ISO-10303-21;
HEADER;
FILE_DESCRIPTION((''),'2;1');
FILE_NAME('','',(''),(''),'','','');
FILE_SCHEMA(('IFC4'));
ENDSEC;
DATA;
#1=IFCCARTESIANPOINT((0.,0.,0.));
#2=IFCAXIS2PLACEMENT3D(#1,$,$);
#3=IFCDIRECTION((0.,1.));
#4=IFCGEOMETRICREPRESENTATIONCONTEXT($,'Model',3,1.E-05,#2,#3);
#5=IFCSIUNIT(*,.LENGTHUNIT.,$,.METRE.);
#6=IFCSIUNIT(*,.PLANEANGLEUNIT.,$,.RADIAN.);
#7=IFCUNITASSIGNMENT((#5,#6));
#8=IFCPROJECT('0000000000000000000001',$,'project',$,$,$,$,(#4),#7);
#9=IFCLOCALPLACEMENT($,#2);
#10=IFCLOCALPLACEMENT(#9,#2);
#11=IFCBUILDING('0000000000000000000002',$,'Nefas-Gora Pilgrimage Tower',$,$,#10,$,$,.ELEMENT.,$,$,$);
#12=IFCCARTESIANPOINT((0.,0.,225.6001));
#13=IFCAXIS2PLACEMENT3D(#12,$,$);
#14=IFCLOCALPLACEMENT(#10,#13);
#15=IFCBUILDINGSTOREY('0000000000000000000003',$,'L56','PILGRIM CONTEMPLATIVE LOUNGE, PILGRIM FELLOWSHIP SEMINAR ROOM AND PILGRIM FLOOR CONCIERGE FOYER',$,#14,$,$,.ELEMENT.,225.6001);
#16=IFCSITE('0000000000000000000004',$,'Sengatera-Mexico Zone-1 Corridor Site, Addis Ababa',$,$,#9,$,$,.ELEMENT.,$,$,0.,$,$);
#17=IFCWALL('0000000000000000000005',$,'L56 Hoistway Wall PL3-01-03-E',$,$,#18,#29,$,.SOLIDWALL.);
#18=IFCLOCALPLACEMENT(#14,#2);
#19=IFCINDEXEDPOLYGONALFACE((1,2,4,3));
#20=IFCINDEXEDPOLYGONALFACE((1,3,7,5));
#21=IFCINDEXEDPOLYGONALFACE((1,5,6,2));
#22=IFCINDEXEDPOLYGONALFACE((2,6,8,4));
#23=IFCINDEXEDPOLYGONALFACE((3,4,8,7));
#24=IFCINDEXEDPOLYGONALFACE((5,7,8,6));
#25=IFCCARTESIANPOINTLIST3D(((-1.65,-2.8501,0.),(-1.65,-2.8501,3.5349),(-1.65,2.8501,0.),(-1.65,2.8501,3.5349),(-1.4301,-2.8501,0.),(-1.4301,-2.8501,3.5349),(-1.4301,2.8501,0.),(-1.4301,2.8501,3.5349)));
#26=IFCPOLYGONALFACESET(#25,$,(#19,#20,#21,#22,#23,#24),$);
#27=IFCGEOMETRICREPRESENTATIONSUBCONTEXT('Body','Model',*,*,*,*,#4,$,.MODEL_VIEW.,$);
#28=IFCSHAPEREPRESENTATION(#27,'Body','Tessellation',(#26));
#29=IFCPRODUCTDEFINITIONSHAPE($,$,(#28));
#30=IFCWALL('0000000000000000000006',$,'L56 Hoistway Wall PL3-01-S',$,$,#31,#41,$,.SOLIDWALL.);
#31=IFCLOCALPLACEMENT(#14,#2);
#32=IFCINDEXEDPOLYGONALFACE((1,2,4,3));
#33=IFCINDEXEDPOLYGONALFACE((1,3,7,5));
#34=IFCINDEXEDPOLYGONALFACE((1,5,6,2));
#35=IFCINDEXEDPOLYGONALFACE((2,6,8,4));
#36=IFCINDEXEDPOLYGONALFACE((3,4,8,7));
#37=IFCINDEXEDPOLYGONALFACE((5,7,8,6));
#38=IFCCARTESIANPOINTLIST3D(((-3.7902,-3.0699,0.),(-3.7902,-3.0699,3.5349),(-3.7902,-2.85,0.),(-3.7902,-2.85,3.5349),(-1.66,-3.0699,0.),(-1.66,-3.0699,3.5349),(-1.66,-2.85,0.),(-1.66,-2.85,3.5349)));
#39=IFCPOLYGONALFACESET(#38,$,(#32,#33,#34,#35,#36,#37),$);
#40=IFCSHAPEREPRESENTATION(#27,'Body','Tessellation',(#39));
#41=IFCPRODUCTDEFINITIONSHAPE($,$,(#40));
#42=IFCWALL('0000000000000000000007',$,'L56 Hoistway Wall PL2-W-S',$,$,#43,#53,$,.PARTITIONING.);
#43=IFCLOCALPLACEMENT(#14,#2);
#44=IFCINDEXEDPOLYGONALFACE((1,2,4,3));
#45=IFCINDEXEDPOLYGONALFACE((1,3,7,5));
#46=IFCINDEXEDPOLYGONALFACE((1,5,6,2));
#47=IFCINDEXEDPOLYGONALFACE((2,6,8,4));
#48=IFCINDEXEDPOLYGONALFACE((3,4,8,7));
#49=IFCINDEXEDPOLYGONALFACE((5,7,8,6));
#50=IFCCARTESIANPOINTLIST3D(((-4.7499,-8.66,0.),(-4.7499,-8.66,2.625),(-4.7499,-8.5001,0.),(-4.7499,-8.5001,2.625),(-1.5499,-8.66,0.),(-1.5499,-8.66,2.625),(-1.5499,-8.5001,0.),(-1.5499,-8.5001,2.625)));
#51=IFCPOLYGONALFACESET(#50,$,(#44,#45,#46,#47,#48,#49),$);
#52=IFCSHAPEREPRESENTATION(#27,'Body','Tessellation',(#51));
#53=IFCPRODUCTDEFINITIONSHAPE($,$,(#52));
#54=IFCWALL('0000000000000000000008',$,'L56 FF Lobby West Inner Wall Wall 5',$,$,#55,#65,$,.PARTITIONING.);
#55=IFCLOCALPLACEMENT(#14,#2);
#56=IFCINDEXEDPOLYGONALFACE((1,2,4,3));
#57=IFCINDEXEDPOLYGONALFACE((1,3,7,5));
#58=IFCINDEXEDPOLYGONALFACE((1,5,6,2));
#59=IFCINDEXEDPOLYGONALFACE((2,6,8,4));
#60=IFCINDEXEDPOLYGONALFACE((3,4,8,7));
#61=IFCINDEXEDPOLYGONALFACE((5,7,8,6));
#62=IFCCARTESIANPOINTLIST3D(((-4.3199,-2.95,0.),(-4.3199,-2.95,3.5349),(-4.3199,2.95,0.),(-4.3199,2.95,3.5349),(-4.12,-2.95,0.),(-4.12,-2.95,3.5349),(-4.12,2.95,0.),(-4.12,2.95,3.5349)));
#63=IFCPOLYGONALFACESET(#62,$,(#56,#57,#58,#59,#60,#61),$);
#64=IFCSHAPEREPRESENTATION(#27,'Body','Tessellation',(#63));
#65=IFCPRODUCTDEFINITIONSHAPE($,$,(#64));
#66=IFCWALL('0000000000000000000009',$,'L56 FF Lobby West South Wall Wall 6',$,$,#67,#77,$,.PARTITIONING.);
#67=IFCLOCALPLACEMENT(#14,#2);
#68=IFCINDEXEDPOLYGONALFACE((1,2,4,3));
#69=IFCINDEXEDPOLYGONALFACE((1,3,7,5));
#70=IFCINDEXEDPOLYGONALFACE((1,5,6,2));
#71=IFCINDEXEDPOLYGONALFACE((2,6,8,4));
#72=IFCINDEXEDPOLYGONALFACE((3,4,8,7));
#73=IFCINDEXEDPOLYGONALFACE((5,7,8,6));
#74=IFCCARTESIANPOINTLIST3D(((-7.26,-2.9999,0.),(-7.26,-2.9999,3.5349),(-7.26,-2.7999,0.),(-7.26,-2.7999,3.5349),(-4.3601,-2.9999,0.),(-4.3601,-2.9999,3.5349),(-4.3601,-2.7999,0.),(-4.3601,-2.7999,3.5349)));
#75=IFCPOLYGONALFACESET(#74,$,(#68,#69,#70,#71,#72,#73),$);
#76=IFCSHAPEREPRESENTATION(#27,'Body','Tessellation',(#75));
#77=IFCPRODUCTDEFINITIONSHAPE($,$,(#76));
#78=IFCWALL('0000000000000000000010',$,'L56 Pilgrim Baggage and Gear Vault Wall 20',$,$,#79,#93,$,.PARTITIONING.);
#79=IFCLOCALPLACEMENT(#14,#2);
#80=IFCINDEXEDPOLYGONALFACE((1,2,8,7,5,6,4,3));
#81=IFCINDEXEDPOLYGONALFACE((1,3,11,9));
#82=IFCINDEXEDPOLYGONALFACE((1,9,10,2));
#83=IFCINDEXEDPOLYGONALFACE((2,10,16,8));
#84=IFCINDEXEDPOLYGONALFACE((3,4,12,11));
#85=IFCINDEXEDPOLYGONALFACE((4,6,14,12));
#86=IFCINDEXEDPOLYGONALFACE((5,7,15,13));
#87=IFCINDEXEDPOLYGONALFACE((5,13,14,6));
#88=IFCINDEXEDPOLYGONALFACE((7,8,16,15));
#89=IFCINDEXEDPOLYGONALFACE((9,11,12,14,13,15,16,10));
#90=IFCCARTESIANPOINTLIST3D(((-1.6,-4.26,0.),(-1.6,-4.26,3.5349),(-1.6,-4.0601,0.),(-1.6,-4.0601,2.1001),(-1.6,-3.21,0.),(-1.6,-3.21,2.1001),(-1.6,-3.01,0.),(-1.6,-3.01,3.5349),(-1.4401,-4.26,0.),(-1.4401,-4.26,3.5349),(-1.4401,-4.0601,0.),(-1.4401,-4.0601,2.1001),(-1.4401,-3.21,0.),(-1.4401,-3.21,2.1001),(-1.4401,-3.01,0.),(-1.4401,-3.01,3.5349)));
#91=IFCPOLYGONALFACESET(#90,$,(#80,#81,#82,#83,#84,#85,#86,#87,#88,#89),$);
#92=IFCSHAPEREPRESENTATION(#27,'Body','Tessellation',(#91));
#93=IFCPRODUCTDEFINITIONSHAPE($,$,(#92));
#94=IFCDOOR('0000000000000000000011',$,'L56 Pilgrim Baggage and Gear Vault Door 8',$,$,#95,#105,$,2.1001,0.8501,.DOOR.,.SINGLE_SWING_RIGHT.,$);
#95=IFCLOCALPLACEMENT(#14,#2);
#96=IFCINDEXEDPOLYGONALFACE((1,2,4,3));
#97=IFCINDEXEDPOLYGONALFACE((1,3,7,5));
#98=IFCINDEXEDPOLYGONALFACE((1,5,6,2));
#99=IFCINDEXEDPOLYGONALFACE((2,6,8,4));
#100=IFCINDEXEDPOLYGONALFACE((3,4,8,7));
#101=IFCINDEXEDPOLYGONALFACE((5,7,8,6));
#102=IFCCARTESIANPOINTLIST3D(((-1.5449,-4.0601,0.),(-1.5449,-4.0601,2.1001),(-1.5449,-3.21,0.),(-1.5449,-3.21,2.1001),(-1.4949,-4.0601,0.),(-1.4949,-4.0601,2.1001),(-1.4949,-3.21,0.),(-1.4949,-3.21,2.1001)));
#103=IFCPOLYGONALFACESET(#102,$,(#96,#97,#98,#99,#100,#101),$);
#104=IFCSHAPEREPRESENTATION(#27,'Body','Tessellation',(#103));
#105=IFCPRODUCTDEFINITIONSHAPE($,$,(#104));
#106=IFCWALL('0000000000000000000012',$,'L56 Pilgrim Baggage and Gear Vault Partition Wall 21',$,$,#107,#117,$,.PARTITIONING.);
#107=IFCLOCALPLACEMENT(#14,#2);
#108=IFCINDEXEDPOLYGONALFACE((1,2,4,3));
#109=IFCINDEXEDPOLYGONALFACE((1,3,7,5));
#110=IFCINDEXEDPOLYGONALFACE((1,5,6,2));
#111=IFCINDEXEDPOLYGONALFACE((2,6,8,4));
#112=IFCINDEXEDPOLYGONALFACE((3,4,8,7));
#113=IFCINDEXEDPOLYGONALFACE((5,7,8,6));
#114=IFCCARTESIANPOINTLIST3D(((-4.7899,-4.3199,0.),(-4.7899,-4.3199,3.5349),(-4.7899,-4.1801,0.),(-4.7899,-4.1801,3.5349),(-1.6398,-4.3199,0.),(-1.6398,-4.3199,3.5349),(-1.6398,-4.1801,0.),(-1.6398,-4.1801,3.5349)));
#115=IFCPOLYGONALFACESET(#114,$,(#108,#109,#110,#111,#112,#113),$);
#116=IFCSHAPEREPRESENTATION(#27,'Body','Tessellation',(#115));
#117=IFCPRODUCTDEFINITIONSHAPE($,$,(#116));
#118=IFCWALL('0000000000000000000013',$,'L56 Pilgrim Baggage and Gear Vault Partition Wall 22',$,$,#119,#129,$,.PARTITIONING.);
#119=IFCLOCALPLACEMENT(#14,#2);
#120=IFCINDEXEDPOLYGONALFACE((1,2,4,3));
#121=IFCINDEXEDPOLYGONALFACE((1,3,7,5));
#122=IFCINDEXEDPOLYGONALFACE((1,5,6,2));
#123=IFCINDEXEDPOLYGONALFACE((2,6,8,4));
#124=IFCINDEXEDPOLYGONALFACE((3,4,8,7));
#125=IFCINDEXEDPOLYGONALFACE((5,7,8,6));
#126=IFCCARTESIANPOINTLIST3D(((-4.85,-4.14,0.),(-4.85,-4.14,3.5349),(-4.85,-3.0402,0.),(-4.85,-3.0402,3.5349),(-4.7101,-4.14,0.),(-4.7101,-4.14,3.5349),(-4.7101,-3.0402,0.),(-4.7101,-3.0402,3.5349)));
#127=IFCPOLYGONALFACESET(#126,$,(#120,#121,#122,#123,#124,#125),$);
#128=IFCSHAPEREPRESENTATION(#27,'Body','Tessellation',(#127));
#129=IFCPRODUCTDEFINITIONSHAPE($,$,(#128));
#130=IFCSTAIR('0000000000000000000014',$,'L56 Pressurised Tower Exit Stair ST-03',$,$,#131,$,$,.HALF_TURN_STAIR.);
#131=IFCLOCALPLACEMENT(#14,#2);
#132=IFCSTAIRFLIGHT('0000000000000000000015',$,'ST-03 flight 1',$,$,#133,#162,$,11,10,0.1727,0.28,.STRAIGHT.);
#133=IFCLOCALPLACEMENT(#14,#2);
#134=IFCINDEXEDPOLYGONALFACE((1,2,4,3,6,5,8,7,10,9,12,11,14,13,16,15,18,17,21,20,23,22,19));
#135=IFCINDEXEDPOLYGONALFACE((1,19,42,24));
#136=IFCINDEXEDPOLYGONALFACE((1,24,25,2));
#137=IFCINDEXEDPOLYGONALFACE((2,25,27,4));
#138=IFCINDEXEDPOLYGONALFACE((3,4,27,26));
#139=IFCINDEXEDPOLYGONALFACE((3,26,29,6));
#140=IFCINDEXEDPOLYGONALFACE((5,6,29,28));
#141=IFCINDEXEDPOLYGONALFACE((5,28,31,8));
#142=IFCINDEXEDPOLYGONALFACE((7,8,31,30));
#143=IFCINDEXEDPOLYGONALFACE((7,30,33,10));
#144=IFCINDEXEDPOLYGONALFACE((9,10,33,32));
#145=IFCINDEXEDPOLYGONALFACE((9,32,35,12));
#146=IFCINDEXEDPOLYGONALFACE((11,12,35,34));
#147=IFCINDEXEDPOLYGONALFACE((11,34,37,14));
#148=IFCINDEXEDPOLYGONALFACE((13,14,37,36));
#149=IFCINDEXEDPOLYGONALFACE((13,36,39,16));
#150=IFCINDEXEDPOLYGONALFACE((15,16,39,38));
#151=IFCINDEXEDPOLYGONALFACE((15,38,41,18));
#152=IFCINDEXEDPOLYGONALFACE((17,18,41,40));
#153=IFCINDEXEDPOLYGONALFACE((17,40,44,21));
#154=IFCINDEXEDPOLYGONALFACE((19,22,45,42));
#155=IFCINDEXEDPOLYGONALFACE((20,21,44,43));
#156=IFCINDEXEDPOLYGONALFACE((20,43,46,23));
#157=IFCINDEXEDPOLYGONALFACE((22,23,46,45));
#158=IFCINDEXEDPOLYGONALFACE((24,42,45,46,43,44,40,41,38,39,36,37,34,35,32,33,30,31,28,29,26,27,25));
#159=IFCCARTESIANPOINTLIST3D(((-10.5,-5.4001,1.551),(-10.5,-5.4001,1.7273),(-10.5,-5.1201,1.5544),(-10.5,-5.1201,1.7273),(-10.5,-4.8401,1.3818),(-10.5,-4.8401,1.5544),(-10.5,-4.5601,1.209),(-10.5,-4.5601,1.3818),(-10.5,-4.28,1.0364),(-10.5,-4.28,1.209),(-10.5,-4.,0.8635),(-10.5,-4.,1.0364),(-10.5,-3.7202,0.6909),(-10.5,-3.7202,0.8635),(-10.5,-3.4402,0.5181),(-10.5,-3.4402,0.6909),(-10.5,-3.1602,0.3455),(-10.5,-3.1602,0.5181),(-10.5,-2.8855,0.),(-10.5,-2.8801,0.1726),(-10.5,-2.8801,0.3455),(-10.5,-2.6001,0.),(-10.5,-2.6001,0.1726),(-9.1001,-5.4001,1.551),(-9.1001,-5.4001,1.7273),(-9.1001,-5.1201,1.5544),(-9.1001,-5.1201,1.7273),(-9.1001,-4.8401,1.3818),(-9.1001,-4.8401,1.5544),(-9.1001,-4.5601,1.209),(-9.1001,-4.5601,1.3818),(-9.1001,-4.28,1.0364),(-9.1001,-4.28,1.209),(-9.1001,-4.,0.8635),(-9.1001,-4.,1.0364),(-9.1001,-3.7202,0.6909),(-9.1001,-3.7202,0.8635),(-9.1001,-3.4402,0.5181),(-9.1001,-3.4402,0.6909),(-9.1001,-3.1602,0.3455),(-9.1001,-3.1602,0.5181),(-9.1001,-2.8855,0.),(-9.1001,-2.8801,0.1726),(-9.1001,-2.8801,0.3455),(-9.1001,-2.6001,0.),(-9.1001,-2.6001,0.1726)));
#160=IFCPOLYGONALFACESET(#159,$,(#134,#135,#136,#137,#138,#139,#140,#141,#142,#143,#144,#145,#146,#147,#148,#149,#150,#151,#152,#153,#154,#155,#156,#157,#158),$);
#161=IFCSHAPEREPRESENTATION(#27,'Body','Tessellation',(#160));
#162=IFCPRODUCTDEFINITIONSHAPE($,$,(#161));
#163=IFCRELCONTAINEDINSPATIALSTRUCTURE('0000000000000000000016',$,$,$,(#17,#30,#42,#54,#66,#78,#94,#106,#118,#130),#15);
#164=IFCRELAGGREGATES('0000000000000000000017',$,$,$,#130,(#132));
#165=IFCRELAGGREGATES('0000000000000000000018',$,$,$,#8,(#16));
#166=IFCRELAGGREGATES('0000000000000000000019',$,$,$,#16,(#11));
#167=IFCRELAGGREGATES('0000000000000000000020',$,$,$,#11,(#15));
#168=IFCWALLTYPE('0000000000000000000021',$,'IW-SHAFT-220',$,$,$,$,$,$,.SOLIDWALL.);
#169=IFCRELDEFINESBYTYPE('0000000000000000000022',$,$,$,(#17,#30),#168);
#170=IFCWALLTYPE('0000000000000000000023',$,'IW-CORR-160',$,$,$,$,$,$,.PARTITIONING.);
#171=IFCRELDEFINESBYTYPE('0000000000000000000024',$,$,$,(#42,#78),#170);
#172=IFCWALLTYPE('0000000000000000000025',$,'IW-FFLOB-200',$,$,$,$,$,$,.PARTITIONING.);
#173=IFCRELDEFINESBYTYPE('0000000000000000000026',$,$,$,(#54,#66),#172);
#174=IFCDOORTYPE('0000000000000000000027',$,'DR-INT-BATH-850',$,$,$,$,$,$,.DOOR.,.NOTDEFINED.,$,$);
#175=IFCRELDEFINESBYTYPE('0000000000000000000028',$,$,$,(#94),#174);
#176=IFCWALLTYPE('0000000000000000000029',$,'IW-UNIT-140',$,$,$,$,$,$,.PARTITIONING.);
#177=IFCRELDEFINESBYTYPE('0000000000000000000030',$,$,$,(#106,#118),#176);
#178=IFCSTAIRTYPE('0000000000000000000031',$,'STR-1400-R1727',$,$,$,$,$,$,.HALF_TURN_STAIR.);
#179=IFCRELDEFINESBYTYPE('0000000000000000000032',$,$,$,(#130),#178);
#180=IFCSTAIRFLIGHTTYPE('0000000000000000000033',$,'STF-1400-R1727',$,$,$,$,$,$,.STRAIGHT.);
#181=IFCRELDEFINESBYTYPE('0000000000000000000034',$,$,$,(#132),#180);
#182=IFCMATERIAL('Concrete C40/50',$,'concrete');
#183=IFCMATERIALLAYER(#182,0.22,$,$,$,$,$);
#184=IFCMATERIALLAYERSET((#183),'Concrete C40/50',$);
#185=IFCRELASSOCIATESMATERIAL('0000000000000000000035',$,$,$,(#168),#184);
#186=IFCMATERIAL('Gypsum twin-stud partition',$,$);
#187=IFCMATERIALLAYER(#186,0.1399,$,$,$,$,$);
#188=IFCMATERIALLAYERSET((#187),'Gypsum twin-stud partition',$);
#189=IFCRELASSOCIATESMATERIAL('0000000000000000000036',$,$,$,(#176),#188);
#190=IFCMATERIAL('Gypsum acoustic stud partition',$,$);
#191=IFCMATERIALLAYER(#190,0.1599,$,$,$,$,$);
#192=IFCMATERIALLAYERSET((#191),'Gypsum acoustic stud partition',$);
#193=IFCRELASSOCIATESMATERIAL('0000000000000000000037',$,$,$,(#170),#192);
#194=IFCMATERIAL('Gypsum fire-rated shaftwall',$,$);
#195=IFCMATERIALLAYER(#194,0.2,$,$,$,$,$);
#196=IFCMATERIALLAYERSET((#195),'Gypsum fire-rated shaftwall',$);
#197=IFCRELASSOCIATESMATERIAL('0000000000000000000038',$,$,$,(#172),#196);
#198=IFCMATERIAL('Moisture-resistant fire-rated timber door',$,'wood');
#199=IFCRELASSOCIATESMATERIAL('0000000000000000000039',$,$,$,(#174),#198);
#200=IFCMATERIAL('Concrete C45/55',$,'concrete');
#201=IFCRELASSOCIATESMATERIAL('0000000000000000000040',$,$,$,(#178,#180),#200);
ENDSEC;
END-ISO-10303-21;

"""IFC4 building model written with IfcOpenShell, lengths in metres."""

from ifc_helpers import new_model, si_unit, direction, frame, frame_2d, origin, place, context, subcontext, project, spatial, polyline, rectangle, outline, extrude, source, transform, mapped, material, layer, layer_set, type_object, element, fill, aggregate, save


model = new_model("IFC4")

# Units and contexts
model_context = context("Model", 3, precision=1e-05, world=origin(), true_north=direction((0.0, 1.0)))
body_context = subcontext(model_context, "Body", "Model", "MODEL_VIEW")
ifc_project = project(units=[si_unit("LENGTHUNIT", "METRE"), si_unit("PLANEANGLEUNIT", "RADIAN")], contexts=[model_context])

# Site, building, storey
site_placement = place(None, origin())
site = spatial("IfcSite", under=ifc_project, at=site_placement, Name="Sengatera-Mexico Zone-1 Corridor Site, Addis Ababa", CompositionType="ELEMENT", RefElevation=0.0)
building_placement = place(site_placement, origin())
building = spatial("IfcBuilding", under=site, at=building_placement, Name="Nefas-Gora Pilgrimage Tower", CompositionType="ELEMENT")
storey_placement = place(building_placement, frame((0.0, 0.0, 225.6001)))
storey = spatial("IfcBuildingStorey", under=building, at=storey_placement, Name="L56", Description="PILGRIM CONTEMPLATIVE LOUNGE, PILGRIM FELLOWSHIP SEMINAR ROOM AND PILGRIM FLOOR CONCIERGE FOYER", CompositionType="ELEMENT", Elevation=225.6001)

# Shared definitions
ifc_material_1 = material(Name="Concrete C45/55", Category="concrete")

# Shared definitions
ifc_material_2 = material(Name="Concrete C40/50", Category="concrete")
ifc_layer_1 = layer(ifc_material_2, 0.22)
ifc_layer_set_1 = layer_set([ifc_layer_1], Name="Concrete C40/50")
wall_type_1 = type_object("IfcWallType", Name="IW-SHAFT-220", PredefinedType="SOLIDWALL", material=ifc_layer_set_1)

# Walls
ifc_material_3 = material(Name="Gypsum twin-stud partition")
ifc_layer_2 = layer(ifc_material_3, 0.1399)
ifc_layer_set_2 = layer_set([ifc_layer_2], Name="Gypsum twin-stud partition")
wall_type_2 = type_object("IfcWallType", Name="IW-UNIT-140", PredefinedType="PARTITIONING", material=ifc_layer_set_2)
shared_shape_1 = source(origin(), body_context, "Body", "SweptSolid", [
    extrude(rectangle(XDim=5.7002, YDim=0.22, at=frame_2d((2.8501, 0.0))), origin(), (0.0, 0.0, 1.0), 3.5349),
])
wall_1_placement = place(storey_placement, frame((-1.54, -2.8501, 0.0), z_axis=(0.0, 0.0, 1.0), x_axis=(0.0, 1.0, 0.0)))
element("IfcWall", 1, at=wall_1_placement, inside=storey, type_object=wall_type_1, Name="L56 Hoistway Wall PL3-01-03-E", PredefinedType="SOLIDWALL", context=body_context, shape_type="MappedRepresentation", body=[
    mapped(shared_shape_1, transform((0.0, 0.0, 0.0), x_axis=(1.0, 0.0, 0.0), y_axis=(0.0, 1.0, 0.0), z_axis=(0.0, 0.0, 1.0), scale=1.0)),
])
shared_shape_2 = source(origin(), body_context, "Body", "SweptSolid", [
    extrude(rectangle(XDim=2.1301, YDim=0.22, at=frame_2d((1.0649, 0.0))), origin(), (0.0, 0.0, 1.0), 3.5349),
])
wall_2_placement = place(storey_placement, frame((-3.79, -2.96, 0.0), z_axis=(0.0, 0.0, 1.0), x_axis=(1.0, 0.0, 0.0)))
element("IfcWall", 2, at=wall_2_placement, inside=storey, type_object=wall_type_1, Name="L56 Hoistway Wall PL3-01-S", PredefinedType="SOLIDWALL", context=body_context, shape_type="MappedRepresentation", body=[
    mapped(shared_shape_2, transform((0.0, 0.0, 0.0), x_axis=(1.0, 0.0, 0.0), y_axis=(0.0, 1.0, 0.0), z_axis=(0.0, 0.0, 1.0), scale=1.0)),
])
ifc_material_4 = material(Name="Gypsum acoustic stud partition")
ifc_layer_3 = layer(ifc_material_4, 0.1599)
ifc_layer_set_3 = layer_set([ifc_layer_3], Name="Gypsum acoustic stud partition")
wall_type_3 = type_object("IfcWallType", Name="IW-CORR-160", PredefinedType="PARTITIONING", material=ifc_layer_set_3)
shared_shape_3 = source(origin(), body_context, "Body", "SweptSolid", [
    extrude(rectangle(XDim=3.2, YDim=0.1599, at=frame_2d((1.6001, 0.0))), origin(), (0.0, 0.0, 1.0), 2.625),
])
wall_3_placement = place(storey_placement, frame((-4.75, -8.5801, 0.0), z_axis=(0.0, 0.0, 1.0), x_axis=(1.0, 0.0, 0.0)))
element("IfcWall", 3, at=wall_3_placement, inside=storey, type_object=wall_type_3, Name="L56 Hoistway Wall PL2-W-S", PredefinedType="PARTITIONING", context=body_context, shape_type="MappedRepresentation", body=[
    mapped(shared_shape_3, transform((0.0, 0.0, 0.0), x_axis=(1.0, 0.0, 0.0), y_axis=(0.0, 1.0, 0.0), z_axis=(0.0, 0.0, 1.0), scale=1.0)),
])
ifc_material_5 = material(Name="Gypsum fire-rated shaftwall")
ifc_layer_4 = layer(ifc_material_5, 0.2)
ifc_layer_set_4 = layer_set([ifc_layer_4], Name="Gypsum fire-rated shaftwall")
wall_type_4 = type_object("IfcWallType", Name="IW-FFLOB-200", PredefinedType="PARTITIONING", material=ifc_layer_set_4)
shared_shape_4 = source(origin(), body_context, "Body", "SweptSolid", [
    extrude(rectangle(XDim=5.8999, YDim=0.2, at=frame_2d((2.95, 0.0))), origin(), (0.0, 0.0, 1.0), 3.5349),
])
wall_4_placement = place(storey_placement, frame((-4.22, -2.95, 0.0), z_axis=(0.0, 0.0, 1.0), x_axis=(0.0, 1.0, 0.0)))
element("IfcWall", 4, at=wall_4_placement, inside=storey, type_object=wall_type_4, Name="L56 FF Lobby West Inner Wall Wall 5", PredefinedType="PARTITIONING", context=body_context, shape_type="MappedRepresentation", body=[
    mapped(shared_shape_4, transform((0.0, 0.0, 0.0), x_axis=(1.0, 0.0, 0.0), y_axis=(0.0, 1.0, 0.0), z_axis=(0.0, 0.0, 1.0), scale=1.0)),
])
shared_shape_5 = source(origin(), body_context, "Body", "SweptSolid", [
    extrude(rectangle(XDim=2.8999, YDim=0.2, at=frame_2d((1.45, 0.0))), origin(), (0.0, 0.0, 1.0), 3.5349),
])
wall_5_placement = place(storey_placement, frame((-7.26, -2.8999, 0.0), z_axis=(0.0, 0.0, 1.0), x_axis=(1.0, 0.0, 0.0)))
element("IfcWall", 5, at=wall_5_placement, inside=storey, type_object=wall_type_4, Name="L56 FF Lobby West South Wall Wall 6", PredefinedType="PARTITIONING", context=body_context, shape_type="MappedRepresentation", body=[
    mapped(shared_shape_5, transform((0.0, 0.0, 0.0), x_axis=(1.0, 0.0, 0.0), y_axis=(0.0, 1.0, 0.0), z_axis=(0.0, 0.0, 1.0), scale=1.0)),
])

# Wall, opening, door
shared_shape_6 = source(origin(), body_context, "Body", "SweptSolid", [
    extrude(rectangle(XDim=1.25, YDim=0.1599, at=frame_2d((0.625, 0.0))), origin(), (0.0, 0.0, 1.0), 3.5349),
])
wall_6_placement = place(storey_placement, frame((-1.52, -4.26, 0.0), z_axis=(0.0, 0.0, 1.0), x_axis=(0.0, 1.0, 0.0)))
wall_6 = element("IfcWall", 6, at=wall_6_placement, inside=storey, type_object=wall_type_3, Name="L56 Pilgrim Baggage and Gear Vault Wall 20", PredefinedType="PARTITIONING", context=body_context, shape_type="MappedRepresentation", body=[
    mapped(shared_shape_6, transform((0.0, 0.0, 0.0), x_axis=(1.0, 0.0, 0.0), y_axis=(0.0, 1.0, 0.0), z_axis=(0.0, 0.0, 1.0), scale=1.0)),
])
opening_1_placement = place(wall_6_placement, frame((0.2, 0.0, 0.0)))
opening_1 = element("IfcOpeningElement", 7, at=opening_1_placement, cuts=wall_6, PredefinedType="OPENING", context=body_context, shape_type="SweptSolid", body=[
    extrude(rectangle(XDim=0.8501, YDim=2.1001, at=frame_2d((0.425, 1.05))), frame((0.0, 0.0898, 0.0), z_axis=(0.0, -1.0, 0.0), x_axis=(1.0, 0.0, 0.0)), (0.0, 0.0, 1.0), 0.1799),
])
ifc_material_6 = material(Name="Moisture-resistant fire-rated timber door", Category="wood")
door_type_1 = type_object("IfcDoorType", Name="DR-INT-BATH-850", OperationType="NOTDEFINED", PredefinedType="DOOR", material=ifc_material_6)
shared_shape_7 = source(origin(), body_context, "Body", "SweptSolid", [
    extrude(rectangle(XDim=0.8501, YDim=2.1001, at=frame_2d((0.425, 1.05))), frame((0.0, 0.0249, 0.0), z_axis=(0.0, -1.0, 0.0), x_axis=(1.0, 0.0, 0.0)), (0.0, 0.0, 1.0), 0.05),
])
door_1_placement = place(opening_1_placement, origin())
door_1 = element("IfcDoor", 8, at=door_1_placement, inside=storey, type_object=door_type_1, Name="L56 Pilgrim Baggage and Gear Vault Door 8", OperationType="SINGLE_SWING_RIGHT", OverallHeight=2.1001, OverallWidth=0.8501, PredefinedType="DOOR", context=body_context, shape_type="MappedRepresentation", body=[
    mapped(shared_shape_7, transform((0.0, 0.0, 0.0), x_axis=(1.0, 0.0, 0.0), y_axis=(0.0, 1.0, 0.0), z_axis=(0.0, 0.0, 1.0), scale=1.0)),
])
fill(opening_1, door_1)

# Walls
shared_shape_8 = source(origin(), body_context, "Body", "SweptSolid", [
    extrude(rectangle(XDim=3.1501, YDim=0.1399, at=frame_2d((1.5752, 0.0))), origin(), (0.0, 0.0, 1.0), 3.5349),
])
wall_7_placement = place(storey_placement, frame((-4.79, -4.25, 0.0), z_axis=(0.0, 0.0, 1.0), x_axis=(1.0, 0.0, 0.0)))
element("IfcWall", 9, at=wall_7_placement, inside=storey, type_object=wall_type_2, Name="L56 Pilgrim Baggage and Gear Vault Partition Wall 21", PredefinedType="PARTITIONING", context=body_context, shape_type="MappedRepresentation", body=[
    mapped(shared_shape_8, transform((0.0, 0.0, 0.0), x_axis=(1.0, 0.0, 0.0), y_axis=(0.0, 1.0, 0.0), z_axis=(0.0, 0.0, 1.0), scale=1.0)),
])
shared_shape_9 = source(origin(), body_context, "Body", "SweptSolid", [
    extrude(rectangle(XDim=1.0999, YDim=0.1399, at=frame_2d((0.5498, 0.0))), origin(), (0.0, 0.0, 1.0), 3.5349),
])
wall_8_placement = place(storey_placement, frame((-4.78, -4.1399, 0.0), z_axis=(0.0, 0.0, 1.0), x_axis=(0.0, 1.0, 0.0)))
element("IfcWall", 10, at=wall_8_placement, inside=storey, type_object=wall_type_2, Name="L56 Pilgrim Baggage and Gear Vault Partition Wall 22", PredefinedType="PARTITIONING", context=body_context, shape_type="MappedRepresentation", body=[
    mapped(shared_shape_9, transform((0.0, 0.0, 0.0), x_axis=(1.0, 0.0, 0.0), y_axis=(0.0, 1.0, 0.0), z_axis=(0.0, 0.0, 1.0), scale=1.0)),
])

# Stair, stair flight
stair_type = type_object("IfcStairType", Name="STR-1400-R1727", PredefinedType="HALF_TURN_STAIR", material=ifc_material_1)
stair_placement = place(storey_placement, origin())
stair = element("IfcStair", 11, at=stair_placement, inside=storey, type_object=stair_type, Name="L56 Pressurised Tower Exit Stair ST-03", PredefinedType="HALF_TURN_STAIR")
stair_flight_type = type_object("IfcStairFlightType", Name="STF-1400-R1727", PredefinedType="STRAIGHT", material=ifc_material_1)
shared_shape_10 = source(origin(), body_context, "Body", "SweptSolid", [
    extrude(outline(polyline([(0.0, 0.0), (0.0, 0.1726), (0.28, 0.1726), (0.28, 0.3455), (0.5601, 0.3455), (0.5601, 0.5181), (0.8401, 0.5181), (0.8401, 0.6909), (1.1201, 0.6909), (1.1201, 0.8635), (1.3999, 0.8635), (1.3999, 1.0364), (1.6799, 1.0364), (1.6799, 1.209), (1.96, 1.209), (1.96, 1.3818), (2.24, 1.3818), (2.24, 1.5544), (2.52, 1.5544), (2.52, 1.7273), (2.8, 1.7273), (2.8, 1.8999), (2.8, 1.551), (0.2854, 0.0), (0.0, 0.0)])), frame((0.0, 0.7, 0.0), z_axis=(0.0, -1.0, 0.0), x_axis=(1.0, 0.0, 0.0)), (0.0, 0.0, 1.0), 1.3999),
])
stair_flight_1_placement = place(storey_placement, frame((-9.8, -2.6001, 0.0), z_axis=(0.0, 0.0, 1.0), x_axis=(0.0, -1.0, 0.0)))
stair_flight_1 = element("IfcStairFlight", 12, at=stair_flight_1_placement, type_object=stair_flight_type, Name="ST-03 flight 1", NumberOfRisers=11, NumberOfTreads=10, PredefinedType="STRAIGHT", RiserHeight=0.1727, TreadLength=0.28, context=body_context, shape_type="MappedRepresentation", body=[
    mapped(shared_shape_10, transform((0.0, 0.0, 0.0), x_axis=(1.0, 0.0, 0.0), y_axis=(0.0, 1.0, 0.0), z_axis=(0.0, 0.0, 1.0), scale=1.0)),
])
aggregate(stair, [stair_flight_1])

save(model, "model.ifc")
